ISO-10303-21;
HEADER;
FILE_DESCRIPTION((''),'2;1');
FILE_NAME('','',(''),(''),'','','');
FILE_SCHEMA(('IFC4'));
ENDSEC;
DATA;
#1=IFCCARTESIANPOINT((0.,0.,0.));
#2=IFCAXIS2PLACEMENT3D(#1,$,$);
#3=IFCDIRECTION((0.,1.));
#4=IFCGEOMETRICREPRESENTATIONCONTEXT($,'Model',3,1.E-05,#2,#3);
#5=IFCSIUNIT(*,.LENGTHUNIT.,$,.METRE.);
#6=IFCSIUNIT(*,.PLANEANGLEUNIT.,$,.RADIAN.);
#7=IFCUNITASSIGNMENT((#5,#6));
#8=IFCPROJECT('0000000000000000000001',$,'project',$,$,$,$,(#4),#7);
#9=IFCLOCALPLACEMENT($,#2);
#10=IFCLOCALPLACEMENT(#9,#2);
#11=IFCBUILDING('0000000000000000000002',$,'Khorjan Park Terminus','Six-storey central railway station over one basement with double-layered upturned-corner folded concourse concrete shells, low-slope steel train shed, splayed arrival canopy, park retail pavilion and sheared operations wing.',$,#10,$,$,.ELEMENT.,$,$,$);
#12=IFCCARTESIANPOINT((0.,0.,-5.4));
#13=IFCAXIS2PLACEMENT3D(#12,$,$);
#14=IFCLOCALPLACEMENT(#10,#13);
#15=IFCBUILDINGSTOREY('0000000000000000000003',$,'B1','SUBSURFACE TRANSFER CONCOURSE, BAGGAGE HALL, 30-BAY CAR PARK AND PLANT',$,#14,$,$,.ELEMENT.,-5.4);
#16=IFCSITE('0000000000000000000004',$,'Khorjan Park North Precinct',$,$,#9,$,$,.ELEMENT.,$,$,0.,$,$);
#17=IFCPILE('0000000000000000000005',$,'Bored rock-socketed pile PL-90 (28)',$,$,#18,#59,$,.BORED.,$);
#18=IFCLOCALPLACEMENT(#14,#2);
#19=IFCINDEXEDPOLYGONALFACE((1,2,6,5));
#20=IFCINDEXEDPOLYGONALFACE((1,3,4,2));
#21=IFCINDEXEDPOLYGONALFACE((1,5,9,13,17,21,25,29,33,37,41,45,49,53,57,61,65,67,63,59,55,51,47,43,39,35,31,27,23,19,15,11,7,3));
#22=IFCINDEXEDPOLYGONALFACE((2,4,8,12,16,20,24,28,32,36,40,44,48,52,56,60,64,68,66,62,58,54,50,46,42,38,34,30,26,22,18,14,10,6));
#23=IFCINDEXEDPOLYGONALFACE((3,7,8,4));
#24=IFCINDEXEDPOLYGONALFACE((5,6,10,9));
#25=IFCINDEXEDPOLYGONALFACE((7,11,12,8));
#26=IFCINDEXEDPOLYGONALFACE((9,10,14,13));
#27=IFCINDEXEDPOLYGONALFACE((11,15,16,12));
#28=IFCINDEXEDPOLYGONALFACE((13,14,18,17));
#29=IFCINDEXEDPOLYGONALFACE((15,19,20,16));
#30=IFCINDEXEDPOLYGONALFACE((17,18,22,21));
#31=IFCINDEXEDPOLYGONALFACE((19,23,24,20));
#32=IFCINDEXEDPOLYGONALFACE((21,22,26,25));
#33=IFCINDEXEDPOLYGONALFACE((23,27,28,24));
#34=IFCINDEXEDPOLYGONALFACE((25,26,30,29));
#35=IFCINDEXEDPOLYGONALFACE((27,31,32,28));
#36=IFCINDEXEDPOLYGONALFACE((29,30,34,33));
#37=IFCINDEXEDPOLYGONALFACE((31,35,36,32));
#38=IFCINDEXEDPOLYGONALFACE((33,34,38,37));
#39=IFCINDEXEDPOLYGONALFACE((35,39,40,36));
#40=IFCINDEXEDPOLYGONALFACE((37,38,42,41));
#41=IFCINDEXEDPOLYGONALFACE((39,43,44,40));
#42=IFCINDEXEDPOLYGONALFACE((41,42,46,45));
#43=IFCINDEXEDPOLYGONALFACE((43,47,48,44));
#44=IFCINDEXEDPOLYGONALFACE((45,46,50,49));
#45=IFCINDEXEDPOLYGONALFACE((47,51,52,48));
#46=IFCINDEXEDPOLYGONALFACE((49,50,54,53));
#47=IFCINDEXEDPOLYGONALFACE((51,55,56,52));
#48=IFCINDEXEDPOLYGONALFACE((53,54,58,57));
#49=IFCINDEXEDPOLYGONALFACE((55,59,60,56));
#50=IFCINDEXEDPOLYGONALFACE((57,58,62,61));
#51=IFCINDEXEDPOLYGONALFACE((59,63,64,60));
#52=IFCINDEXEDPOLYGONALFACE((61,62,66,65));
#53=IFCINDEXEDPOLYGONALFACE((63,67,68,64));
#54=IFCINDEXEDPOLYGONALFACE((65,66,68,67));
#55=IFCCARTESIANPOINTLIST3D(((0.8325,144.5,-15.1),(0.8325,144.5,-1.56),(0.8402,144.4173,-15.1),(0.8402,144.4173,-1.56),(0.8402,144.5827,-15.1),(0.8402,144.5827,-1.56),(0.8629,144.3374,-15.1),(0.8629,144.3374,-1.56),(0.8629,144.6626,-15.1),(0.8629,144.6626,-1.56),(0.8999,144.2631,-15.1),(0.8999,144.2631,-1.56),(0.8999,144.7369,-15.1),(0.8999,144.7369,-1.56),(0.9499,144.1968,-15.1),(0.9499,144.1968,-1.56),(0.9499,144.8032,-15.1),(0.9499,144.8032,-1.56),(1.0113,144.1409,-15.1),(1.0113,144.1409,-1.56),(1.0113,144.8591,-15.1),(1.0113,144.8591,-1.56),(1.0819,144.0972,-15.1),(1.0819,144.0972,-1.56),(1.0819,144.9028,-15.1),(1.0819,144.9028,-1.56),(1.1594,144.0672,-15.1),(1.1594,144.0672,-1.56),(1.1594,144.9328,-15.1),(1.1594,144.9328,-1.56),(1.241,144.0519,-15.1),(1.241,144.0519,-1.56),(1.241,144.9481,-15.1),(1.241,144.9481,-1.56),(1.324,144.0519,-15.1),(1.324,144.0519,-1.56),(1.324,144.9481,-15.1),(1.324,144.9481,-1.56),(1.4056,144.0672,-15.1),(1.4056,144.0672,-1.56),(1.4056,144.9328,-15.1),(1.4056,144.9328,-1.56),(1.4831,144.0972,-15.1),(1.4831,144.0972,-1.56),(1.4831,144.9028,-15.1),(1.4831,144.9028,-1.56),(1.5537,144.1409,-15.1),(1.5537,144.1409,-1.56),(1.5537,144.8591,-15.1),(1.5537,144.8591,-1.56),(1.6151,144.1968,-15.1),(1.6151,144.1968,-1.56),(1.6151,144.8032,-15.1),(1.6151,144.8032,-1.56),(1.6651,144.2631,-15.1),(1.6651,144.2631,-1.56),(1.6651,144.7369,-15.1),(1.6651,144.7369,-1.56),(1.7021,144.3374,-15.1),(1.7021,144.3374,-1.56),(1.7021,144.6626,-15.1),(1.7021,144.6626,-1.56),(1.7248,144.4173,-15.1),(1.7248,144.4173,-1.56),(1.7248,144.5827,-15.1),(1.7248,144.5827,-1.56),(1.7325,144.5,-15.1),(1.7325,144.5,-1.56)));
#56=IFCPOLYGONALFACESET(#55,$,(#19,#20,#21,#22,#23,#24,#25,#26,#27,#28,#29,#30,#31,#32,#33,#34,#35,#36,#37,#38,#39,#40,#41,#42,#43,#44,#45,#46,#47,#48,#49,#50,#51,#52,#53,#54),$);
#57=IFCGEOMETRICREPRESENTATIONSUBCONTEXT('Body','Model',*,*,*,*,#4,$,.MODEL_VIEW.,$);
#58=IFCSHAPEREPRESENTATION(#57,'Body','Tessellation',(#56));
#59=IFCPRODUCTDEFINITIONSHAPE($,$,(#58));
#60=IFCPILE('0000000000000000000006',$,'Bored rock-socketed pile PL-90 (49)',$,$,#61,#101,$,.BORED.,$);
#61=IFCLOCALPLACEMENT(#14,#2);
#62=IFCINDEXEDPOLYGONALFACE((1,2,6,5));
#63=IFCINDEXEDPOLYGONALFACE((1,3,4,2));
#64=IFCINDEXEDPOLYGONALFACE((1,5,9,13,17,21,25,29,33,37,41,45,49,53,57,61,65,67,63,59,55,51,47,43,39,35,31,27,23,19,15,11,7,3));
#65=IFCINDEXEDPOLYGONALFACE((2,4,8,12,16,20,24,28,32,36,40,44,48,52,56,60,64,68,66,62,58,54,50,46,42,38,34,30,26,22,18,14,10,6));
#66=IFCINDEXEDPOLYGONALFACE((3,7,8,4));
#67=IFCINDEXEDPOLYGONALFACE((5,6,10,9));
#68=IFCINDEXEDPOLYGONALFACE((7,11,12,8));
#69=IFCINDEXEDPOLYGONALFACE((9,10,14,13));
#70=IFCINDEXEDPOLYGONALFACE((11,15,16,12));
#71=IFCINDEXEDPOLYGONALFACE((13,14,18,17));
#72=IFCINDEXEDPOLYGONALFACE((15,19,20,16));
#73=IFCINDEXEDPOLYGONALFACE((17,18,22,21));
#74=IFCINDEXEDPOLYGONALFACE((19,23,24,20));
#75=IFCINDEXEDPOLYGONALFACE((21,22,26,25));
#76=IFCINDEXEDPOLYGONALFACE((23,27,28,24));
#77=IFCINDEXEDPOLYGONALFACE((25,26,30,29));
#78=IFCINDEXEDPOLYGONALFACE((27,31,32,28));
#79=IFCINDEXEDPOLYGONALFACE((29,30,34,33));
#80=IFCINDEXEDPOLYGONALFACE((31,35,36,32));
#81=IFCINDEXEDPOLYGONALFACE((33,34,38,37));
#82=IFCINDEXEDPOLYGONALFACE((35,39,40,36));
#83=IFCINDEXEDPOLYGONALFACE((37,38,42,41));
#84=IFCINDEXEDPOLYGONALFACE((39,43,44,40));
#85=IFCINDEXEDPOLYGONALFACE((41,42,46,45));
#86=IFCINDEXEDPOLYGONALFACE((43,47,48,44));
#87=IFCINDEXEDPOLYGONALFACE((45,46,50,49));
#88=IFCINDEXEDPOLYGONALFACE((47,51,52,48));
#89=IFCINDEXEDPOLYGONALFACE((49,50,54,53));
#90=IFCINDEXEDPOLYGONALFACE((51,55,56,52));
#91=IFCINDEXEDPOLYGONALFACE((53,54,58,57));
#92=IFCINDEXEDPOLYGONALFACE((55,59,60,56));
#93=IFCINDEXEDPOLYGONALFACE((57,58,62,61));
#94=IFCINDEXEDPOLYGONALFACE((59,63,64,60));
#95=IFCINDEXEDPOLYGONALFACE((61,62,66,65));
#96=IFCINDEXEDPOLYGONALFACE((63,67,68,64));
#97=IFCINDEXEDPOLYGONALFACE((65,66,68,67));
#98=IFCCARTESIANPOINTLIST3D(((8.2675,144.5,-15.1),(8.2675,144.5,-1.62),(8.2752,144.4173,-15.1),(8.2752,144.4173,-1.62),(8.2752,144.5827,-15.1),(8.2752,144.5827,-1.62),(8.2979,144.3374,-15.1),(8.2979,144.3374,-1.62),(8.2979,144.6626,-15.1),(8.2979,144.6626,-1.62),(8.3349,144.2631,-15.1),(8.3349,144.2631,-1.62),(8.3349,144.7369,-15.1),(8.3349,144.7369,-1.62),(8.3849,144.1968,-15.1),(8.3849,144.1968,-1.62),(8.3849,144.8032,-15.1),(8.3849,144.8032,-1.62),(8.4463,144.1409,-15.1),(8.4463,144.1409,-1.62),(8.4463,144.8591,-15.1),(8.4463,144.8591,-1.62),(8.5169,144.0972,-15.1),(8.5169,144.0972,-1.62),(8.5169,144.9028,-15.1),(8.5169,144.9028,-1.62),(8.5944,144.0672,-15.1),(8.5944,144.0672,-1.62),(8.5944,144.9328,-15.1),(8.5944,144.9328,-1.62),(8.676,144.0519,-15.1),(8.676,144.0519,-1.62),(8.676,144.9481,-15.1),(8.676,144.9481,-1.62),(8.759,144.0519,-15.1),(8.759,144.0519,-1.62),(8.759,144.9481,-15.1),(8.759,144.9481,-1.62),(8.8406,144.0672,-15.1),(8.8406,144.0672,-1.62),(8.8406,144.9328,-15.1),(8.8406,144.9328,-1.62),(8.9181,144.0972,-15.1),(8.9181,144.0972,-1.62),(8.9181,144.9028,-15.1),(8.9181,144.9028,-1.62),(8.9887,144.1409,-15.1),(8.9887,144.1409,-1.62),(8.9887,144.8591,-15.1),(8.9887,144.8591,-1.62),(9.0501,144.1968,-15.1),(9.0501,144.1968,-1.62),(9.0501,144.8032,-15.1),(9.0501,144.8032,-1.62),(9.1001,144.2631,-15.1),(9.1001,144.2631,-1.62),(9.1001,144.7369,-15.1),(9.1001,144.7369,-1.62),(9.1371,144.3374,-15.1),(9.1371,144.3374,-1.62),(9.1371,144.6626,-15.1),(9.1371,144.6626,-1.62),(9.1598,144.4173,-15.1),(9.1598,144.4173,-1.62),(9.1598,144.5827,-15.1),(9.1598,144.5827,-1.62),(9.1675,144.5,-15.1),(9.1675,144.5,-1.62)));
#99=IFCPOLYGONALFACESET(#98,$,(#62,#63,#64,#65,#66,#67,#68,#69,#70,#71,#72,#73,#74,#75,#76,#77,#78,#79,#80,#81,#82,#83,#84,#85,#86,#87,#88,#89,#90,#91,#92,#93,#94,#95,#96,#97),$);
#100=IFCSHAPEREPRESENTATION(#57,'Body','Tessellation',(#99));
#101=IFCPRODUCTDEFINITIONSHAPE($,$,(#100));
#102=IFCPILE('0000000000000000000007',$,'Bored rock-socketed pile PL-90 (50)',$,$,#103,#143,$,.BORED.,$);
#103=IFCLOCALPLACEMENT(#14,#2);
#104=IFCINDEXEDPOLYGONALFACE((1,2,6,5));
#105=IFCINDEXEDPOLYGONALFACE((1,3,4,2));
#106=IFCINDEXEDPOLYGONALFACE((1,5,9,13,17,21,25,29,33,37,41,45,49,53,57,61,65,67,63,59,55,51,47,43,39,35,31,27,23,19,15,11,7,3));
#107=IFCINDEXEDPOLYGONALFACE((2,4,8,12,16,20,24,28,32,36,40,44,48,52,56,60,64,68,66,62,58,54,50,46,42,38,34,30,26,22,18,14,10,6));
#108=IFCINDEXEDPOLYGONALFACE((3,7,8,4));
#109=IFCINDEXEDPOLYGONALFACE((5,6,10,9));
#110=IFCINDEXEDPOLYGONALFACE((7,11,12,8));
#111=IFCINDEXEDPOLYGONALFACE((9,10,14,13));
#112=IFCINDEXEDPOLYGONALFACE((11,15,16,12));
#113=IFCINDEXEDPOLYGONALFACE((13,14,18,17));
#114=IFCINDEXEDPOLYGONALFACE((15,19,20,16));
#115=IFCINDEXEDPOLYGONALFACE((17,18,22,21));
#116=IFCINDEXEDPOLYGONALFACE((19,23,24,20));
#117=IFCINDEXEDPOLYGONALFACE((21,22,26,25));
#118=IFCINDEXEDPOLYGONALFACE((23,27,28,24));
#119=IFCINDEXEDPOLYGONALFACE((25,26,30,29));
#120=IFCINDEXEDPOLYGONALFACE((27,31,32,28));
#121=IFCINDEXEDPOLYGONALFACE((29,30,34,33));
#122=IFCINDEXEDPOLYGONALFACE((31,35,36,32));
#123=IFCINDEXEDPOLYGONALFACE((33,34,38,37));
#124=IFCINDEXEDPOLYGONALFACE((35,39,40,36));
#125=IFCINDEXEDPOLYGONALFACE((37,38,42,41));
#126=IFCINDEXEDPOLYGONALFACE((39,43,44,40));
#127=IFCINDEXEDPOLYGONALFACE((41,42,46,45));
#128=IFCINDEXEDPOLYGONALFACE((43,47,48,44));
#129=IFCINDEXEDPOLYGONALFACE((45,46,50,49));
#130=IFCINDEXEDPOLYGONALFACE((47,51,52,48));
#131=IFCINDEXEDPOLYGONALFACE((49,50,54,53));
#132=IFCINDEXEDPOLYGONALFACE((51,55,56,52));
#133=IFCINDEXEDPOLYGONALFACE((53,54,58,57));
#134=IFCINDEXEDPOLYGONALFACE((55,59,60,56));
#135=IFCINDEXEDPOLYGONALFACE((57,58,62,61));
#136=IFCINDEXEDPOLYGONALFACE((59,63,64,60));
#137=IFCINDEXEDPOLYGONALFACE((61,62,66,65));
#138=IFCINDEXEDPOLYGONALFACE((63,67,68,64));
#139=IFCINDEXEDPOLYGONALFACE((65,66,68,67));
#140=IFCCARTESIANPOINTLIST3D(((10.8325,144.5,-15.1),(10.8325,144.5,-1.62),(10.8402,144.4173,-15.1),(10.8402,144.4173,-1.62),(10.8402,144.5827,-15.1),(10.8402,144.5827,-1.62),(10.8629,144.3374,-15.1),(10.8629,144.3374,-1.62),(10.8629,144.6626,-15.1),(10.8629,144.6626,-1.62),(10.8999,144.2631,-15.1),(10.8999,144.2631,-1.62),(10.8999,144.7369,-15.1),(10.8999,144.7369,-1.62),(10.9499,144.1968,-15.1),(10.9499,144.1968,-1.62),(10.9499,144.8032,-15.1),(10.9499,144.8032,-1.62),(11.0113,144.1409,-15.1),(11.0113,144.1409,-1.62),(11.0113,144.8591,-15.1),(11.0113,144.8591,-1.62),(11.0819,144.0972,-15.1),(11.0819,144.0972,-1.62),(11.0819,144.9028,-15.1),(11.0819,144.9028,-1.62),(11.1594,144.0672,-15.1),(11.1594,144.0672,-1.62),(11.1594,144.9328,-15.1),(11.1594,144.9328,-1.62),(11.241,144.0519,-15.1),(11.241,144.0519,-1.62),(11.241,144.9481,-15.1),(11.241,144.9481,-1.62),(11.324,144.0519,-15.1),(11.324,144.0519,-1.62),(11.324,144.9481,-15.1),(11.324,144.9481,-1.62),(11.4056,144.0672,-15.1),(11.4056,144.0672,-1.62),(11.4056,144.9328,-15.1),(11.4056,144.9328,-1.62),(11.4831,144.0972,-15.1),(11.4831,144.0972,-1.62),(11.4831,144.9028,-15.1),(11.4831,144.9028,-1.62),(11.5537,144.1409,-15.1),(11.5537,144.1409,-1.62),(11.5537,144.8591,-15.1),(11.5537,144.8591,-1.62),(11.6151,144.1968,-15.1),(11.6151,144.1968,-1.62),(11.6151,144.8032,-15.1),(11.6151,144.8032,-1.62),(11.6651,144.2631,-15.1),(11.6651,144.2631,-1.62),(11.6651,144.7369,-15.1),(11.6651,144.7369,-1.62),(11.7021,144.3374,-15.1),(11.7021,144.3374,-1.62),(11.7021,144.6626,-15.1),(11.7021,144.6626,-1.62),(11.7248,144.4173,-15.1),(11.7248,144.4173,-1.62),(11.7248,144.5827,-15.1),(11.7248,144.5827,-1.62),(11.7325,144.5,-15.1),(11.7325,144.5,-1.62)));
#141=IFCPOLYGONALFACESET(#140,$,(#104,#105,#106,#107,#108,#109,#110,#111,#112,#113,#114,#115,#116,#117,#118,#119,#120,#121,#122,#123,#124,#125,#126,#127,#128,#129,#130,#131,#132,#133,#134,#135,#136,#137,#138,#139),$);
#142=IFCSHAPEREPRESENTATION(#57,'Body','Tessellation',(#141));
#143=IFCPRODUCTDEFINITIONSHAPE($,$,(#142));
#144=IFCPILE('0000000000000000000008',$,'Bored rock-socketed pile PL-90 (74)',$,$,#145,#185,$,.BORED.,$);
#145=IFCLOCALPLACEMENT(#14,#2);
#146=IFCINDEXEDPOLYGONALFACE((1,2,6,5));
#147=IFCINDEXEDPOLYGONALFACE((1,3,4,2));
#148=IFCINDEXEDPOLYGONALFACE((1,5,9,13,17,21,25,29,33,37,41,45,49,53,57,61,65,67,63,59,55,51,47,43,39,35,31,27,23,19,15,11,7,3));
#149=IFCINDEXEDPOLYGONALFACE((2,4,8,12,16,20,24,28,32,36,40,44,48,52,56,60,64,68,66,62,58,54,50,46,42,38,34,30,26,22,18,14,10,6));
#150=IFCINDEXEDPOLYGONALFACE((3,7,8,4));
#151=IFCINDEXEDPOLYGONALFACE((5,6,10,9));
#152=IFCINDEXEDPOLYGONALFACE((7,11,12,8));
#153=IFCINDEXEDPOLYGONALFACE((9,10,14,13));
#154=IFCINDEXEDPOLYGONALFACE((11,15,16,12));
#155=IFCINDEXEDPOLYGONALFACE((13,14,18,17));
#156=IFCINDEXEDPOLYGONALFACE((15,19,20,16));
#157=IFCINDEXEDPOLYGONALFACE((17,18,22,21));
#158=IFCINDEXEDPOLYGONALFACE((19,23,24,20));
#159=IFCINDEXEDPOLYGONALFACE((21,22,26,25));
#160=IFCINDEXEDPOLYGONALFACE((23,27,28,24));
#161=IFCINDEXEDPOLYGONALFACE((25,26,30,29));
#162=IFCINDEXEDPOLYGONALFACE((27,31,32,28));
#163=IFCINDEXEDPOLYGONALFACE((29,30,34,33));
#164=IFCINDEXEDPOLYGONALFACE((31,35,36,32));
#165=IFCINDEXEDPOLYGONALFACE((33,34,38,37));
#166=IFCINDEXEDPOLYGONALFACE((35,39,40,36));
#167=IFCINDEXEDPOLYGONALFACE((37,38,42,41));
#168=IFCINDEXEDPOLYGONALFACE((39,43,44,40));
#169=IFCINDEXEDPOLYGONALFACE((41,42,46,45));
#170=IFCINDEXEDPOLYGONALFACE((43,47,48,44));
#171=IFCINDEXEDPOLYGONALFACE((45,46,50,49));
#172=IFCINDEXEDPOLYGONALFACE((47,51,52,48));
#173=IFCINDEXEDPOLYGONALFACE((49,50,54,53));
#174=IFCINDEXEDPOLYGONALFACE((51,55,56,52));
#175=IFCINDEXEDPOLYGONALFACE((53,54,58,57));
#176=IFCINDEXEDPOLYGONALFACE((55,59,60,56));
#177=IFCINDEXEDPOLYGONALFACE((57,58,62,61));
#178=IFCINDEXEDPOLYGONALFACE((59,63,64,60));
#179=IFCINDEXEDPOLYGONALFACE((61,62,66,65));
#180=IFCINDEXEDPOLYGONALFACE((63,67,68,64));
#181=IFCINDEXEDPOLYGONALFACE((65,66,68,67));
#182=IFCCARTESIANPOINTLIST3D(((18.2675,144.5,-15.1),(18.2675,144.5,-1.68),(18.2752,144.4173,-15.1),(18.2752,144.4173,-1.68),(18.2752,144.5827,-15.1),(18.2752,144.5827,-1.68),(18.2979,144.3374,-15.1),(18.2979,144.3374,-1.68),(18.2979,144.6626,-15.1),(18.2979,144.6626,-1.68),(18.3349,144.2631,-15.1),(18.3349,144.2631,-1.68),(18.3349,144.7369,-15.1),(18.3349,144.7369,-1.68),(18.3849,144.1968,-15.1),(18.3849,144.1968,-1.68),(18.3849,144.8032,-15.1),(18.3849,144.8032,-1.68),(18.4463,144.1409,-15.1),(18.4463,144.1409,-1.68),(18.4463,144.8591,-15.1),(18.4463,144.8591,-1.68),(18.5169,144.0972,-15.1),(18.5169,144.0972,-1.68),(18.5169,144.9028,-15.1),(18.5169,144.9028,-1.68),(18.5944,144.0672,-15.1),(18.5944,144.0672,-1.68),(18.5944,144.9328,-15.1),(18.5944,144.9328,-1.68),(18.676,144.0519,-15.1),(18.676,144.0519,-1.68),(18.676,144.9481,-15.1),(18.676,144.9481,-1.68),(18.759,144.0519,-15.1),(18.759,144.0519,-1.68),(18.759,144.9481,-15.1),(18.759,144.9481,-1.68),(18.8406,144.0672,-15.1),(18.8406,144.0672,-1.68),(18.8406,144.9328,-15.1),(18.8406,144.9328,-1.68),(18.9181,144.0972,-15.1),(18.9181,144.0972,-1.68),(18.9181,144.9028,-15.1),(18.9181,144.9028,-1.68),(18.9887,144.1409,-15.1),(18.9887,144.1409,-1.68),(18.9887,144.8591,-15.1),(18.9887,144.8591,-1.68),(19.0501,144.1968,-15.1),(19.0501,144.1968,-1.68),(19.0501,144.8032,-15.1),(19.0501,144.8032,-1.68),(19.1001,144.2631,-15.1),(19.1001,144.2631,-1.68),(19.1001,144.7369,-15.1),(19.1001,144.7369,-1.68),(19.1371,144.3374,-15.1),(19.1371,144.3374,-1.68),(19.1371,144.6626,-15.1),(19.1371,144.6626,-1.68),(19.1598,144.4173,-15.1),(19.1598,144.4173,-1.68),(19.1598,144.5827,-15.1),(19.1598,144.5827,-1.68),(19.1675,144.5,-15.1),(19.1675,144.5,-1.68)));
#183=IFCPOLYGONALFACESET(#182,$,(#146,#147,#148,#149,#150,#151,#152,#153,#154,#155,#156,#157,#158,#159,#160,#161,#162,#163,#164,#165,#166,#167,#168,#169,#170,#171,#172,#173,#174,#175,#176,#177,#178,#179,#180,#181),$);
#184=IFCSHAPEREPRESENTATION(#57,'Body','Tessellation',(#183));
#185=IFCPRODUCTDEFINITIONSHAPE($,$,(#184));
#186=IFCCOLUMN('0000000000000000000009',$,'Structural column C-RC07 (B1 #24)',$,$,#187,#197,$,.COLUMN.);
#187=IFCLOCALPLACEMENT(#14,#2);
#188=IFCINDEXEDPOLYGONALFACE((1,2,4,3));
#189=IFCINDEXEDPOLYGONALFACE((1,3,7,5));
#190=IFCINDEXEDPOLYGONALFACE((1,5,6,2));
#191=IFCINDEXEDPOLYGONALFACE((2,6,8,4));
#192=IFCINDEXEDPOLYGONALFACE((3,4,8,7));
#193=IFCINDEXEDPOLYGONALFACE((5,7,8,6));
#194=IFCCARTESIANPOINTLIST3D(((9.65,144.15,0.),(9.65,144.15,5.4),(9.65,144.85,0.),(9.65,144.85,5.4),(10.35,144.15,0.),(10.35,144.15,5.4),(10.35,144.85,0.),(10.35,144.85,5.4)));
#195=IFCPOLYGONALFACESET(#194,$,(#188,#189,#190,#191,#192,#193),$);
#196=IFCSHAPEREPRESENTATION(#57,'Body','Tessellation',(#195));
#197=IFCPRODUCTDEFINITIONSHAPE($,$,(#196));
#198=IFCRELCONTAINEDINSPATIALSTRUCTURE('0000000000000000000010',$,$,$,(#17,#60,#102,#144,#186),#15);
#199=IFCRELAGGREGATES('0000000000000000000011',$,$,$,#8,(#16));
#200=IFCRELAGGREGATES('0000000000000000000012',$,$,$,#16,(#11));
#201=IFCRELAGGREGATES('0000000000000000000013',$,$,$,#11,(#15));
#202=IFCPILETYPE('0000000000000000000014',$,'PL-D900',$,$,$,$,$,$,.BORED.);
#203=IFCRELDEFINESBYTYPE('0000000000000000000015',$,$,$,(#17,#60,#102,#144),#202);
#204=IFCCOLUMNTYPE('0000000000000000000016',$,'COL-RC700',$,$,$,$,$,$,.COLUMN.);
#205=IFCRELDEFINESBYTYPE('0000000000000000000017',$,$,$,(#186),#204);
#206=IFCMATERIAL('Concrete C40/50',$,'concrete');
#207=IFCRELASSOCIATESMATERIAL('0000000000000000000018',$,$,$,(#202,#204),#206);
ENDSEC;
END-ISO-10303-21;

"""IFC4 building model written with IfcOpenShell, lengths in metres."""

from ifc_helpers import new_model, si_unit, direction, frame, origin, origin_2d, place, context, subcontext, project, spatial, rectangle, circle, extrude, material, material_profile, profile_set, type_object, element, save


model = new_model("IFC4")

# Units and contexts
model_context = context("Model", 3, precision=1e-05, world=origin(), true_north=direction((0.0, 1.0)))
body_context = subcontext(model_context, "Body", "Model", "MODEL_VIEW")
ifc_project = project(units=[si_unit("LENGTHUNIT", "METRE"), si_unit("PLANEANGLEUNIT", "RADIAN")], contexts=[model_context])

# Site, building, storey
site_placement = place(None, origin())
site = spatial("IfcSite", under=ifc_project, at=site_placement, Name="Khorjan Park North Precinct", CompositionType="ELEMENT", RefElevation=0.0)
building_placement = place(site_placement, origin())
building = spatial("IfcBuilding", under=site, at=building_placement, Name="Khorjan Park Terminus", Description="Six-storey central railway station over one basement with double-layered upturned-corner folded concourse concrete shells, low-slope steel train shed, splayed arrival canopy, park retail pavilion and sheared operations wing.", CompositionType="ELEMENT")
storey_placement = place(building_placement, frame((0.0, 0.0, -5.4)))
storey = spatial("IfcBuildingStorey", under=building, at=storey_placement, Name="B1", Description="SUBSURFACE TRANSFER CONCOURSE, BAGGAGE HALL, 30-BAY CAR PARK AND PLANT", CompositionType="ELEMENT", Elevation=-5.4)

# Shared definitions
ifc_material_1 = material(Name="Concrete C40/50", Category="concrete")

# Piles
ifc_material_profile_1 = material_profile(ifc_material_1, circle(Radius=0.45, at=origin_2d()), Name="BORED D900")
ifc_profile_set_1 = profile_set([ifc_material_profile_1], Name="Concrete C40/50")
pile_type_1 = type_object("IfcPileType", Name="PL-D900", PredefinedType="BORED", material=ifc_profile_set_1)
pile_1_placement = place(storey_placement, frame((1.2825, 144.5, -1.56), z_axis=(0.0, 0.0, -1.0), x_axis=(1.0, 0.0, 0.0)))
element("IfcPile", 1, at=pile_1_placement, inside=storey, type_object=pile_type_1, Name="Bored rock-socketed pile PL-90 (28)", PredefinedType="BORED", context=body_context, shape_type="SweptSolid", body=[
    extrude(circle(Radius=0.45, at=origin_2d()), origin(), (0.0, 0.0, 1.0), 13.54),
])
for number, where, z_axis, x_axis, name in (
    (2, (8.7175, 144.5, -1.62), (0.0, 0.0, -1.0), (1.0, 0.0, 0.0), "Bored rock-socketed pile PL-90 (49)"),
    (3, (11.2825, 144.5, -1.62), (0.0, 0.0, -1.0), (1.0, 0.0, 0.0), "Bored rock-socketed pile PL-90 (50)"),
):
    element("IfcPile", number, at=place(storey_placement, frame(where, z_axis=z_axis, x_axis=x_axis)), inside=storey, type_object=pile_type_1, Name=name, PredefinedType="BORED", context=body_context, shape_type="SweptSolid", body=[
        extrude(circle(Radius=0.45, at=origin_2d()), origin(), (0.0, 0.0, 1.0), 13.48),
    ])
pile_2_placement = place(storey_placement, frame((18.7175, 144.5, -1.68), z_axis=(0.0, 0.0, -1.0), x_axis=(1.0, 0.0, 0.0)))
element("IfcPile", 4, at=pile_2_placement, inside=storey, type_object=pile_type_1, Name="Bored rock-socketed pile PL-90 (74)", PredefinedType="BORED", context=body_context, shape_type="SweptSolid", body=[
    extrude(circle(Radius=0.45, at=origin_2d()), origin(), (0.0, 0.0, 1.0), 13.42),
])

# Column
ifc_material_profile_2 = material_profile(ifc_material_1, rectangle(XDim=0.7, YDim=0.7, at=origin_2d()), Name="RC 700x700")
ifc_profile_set_2 = profile_set([ifc_material_profile_2], Name="Concrete C40/50")
column_type_1 = type_object("IfcColumnType", Name="COL-RC700", PredefinedType="COLUMN", material=ifc_profile_set_2)
column_1_placement = place(storey_placement, frame((10.0, 144.5, 0.0), z_axis=(0.0, 0.0, 1.0), x_axis=(1.0, 0.0, 0.0)))
element("IfcColumn", 5, at=column_1_placement, inside=storey, type_object=column_type_1, Name="Structural column C-RC07 (B1 #24)", PredefinedType="COLUMN", context=body_context, shape_type="SweptSolid", body=[
    extrude(rectangle(XDim=0.7, YDim=0.7, at=origin_2d()), origin(), (0.0, 0.0, 1.0), 5.4),
])

save(model, "model.ifc")
